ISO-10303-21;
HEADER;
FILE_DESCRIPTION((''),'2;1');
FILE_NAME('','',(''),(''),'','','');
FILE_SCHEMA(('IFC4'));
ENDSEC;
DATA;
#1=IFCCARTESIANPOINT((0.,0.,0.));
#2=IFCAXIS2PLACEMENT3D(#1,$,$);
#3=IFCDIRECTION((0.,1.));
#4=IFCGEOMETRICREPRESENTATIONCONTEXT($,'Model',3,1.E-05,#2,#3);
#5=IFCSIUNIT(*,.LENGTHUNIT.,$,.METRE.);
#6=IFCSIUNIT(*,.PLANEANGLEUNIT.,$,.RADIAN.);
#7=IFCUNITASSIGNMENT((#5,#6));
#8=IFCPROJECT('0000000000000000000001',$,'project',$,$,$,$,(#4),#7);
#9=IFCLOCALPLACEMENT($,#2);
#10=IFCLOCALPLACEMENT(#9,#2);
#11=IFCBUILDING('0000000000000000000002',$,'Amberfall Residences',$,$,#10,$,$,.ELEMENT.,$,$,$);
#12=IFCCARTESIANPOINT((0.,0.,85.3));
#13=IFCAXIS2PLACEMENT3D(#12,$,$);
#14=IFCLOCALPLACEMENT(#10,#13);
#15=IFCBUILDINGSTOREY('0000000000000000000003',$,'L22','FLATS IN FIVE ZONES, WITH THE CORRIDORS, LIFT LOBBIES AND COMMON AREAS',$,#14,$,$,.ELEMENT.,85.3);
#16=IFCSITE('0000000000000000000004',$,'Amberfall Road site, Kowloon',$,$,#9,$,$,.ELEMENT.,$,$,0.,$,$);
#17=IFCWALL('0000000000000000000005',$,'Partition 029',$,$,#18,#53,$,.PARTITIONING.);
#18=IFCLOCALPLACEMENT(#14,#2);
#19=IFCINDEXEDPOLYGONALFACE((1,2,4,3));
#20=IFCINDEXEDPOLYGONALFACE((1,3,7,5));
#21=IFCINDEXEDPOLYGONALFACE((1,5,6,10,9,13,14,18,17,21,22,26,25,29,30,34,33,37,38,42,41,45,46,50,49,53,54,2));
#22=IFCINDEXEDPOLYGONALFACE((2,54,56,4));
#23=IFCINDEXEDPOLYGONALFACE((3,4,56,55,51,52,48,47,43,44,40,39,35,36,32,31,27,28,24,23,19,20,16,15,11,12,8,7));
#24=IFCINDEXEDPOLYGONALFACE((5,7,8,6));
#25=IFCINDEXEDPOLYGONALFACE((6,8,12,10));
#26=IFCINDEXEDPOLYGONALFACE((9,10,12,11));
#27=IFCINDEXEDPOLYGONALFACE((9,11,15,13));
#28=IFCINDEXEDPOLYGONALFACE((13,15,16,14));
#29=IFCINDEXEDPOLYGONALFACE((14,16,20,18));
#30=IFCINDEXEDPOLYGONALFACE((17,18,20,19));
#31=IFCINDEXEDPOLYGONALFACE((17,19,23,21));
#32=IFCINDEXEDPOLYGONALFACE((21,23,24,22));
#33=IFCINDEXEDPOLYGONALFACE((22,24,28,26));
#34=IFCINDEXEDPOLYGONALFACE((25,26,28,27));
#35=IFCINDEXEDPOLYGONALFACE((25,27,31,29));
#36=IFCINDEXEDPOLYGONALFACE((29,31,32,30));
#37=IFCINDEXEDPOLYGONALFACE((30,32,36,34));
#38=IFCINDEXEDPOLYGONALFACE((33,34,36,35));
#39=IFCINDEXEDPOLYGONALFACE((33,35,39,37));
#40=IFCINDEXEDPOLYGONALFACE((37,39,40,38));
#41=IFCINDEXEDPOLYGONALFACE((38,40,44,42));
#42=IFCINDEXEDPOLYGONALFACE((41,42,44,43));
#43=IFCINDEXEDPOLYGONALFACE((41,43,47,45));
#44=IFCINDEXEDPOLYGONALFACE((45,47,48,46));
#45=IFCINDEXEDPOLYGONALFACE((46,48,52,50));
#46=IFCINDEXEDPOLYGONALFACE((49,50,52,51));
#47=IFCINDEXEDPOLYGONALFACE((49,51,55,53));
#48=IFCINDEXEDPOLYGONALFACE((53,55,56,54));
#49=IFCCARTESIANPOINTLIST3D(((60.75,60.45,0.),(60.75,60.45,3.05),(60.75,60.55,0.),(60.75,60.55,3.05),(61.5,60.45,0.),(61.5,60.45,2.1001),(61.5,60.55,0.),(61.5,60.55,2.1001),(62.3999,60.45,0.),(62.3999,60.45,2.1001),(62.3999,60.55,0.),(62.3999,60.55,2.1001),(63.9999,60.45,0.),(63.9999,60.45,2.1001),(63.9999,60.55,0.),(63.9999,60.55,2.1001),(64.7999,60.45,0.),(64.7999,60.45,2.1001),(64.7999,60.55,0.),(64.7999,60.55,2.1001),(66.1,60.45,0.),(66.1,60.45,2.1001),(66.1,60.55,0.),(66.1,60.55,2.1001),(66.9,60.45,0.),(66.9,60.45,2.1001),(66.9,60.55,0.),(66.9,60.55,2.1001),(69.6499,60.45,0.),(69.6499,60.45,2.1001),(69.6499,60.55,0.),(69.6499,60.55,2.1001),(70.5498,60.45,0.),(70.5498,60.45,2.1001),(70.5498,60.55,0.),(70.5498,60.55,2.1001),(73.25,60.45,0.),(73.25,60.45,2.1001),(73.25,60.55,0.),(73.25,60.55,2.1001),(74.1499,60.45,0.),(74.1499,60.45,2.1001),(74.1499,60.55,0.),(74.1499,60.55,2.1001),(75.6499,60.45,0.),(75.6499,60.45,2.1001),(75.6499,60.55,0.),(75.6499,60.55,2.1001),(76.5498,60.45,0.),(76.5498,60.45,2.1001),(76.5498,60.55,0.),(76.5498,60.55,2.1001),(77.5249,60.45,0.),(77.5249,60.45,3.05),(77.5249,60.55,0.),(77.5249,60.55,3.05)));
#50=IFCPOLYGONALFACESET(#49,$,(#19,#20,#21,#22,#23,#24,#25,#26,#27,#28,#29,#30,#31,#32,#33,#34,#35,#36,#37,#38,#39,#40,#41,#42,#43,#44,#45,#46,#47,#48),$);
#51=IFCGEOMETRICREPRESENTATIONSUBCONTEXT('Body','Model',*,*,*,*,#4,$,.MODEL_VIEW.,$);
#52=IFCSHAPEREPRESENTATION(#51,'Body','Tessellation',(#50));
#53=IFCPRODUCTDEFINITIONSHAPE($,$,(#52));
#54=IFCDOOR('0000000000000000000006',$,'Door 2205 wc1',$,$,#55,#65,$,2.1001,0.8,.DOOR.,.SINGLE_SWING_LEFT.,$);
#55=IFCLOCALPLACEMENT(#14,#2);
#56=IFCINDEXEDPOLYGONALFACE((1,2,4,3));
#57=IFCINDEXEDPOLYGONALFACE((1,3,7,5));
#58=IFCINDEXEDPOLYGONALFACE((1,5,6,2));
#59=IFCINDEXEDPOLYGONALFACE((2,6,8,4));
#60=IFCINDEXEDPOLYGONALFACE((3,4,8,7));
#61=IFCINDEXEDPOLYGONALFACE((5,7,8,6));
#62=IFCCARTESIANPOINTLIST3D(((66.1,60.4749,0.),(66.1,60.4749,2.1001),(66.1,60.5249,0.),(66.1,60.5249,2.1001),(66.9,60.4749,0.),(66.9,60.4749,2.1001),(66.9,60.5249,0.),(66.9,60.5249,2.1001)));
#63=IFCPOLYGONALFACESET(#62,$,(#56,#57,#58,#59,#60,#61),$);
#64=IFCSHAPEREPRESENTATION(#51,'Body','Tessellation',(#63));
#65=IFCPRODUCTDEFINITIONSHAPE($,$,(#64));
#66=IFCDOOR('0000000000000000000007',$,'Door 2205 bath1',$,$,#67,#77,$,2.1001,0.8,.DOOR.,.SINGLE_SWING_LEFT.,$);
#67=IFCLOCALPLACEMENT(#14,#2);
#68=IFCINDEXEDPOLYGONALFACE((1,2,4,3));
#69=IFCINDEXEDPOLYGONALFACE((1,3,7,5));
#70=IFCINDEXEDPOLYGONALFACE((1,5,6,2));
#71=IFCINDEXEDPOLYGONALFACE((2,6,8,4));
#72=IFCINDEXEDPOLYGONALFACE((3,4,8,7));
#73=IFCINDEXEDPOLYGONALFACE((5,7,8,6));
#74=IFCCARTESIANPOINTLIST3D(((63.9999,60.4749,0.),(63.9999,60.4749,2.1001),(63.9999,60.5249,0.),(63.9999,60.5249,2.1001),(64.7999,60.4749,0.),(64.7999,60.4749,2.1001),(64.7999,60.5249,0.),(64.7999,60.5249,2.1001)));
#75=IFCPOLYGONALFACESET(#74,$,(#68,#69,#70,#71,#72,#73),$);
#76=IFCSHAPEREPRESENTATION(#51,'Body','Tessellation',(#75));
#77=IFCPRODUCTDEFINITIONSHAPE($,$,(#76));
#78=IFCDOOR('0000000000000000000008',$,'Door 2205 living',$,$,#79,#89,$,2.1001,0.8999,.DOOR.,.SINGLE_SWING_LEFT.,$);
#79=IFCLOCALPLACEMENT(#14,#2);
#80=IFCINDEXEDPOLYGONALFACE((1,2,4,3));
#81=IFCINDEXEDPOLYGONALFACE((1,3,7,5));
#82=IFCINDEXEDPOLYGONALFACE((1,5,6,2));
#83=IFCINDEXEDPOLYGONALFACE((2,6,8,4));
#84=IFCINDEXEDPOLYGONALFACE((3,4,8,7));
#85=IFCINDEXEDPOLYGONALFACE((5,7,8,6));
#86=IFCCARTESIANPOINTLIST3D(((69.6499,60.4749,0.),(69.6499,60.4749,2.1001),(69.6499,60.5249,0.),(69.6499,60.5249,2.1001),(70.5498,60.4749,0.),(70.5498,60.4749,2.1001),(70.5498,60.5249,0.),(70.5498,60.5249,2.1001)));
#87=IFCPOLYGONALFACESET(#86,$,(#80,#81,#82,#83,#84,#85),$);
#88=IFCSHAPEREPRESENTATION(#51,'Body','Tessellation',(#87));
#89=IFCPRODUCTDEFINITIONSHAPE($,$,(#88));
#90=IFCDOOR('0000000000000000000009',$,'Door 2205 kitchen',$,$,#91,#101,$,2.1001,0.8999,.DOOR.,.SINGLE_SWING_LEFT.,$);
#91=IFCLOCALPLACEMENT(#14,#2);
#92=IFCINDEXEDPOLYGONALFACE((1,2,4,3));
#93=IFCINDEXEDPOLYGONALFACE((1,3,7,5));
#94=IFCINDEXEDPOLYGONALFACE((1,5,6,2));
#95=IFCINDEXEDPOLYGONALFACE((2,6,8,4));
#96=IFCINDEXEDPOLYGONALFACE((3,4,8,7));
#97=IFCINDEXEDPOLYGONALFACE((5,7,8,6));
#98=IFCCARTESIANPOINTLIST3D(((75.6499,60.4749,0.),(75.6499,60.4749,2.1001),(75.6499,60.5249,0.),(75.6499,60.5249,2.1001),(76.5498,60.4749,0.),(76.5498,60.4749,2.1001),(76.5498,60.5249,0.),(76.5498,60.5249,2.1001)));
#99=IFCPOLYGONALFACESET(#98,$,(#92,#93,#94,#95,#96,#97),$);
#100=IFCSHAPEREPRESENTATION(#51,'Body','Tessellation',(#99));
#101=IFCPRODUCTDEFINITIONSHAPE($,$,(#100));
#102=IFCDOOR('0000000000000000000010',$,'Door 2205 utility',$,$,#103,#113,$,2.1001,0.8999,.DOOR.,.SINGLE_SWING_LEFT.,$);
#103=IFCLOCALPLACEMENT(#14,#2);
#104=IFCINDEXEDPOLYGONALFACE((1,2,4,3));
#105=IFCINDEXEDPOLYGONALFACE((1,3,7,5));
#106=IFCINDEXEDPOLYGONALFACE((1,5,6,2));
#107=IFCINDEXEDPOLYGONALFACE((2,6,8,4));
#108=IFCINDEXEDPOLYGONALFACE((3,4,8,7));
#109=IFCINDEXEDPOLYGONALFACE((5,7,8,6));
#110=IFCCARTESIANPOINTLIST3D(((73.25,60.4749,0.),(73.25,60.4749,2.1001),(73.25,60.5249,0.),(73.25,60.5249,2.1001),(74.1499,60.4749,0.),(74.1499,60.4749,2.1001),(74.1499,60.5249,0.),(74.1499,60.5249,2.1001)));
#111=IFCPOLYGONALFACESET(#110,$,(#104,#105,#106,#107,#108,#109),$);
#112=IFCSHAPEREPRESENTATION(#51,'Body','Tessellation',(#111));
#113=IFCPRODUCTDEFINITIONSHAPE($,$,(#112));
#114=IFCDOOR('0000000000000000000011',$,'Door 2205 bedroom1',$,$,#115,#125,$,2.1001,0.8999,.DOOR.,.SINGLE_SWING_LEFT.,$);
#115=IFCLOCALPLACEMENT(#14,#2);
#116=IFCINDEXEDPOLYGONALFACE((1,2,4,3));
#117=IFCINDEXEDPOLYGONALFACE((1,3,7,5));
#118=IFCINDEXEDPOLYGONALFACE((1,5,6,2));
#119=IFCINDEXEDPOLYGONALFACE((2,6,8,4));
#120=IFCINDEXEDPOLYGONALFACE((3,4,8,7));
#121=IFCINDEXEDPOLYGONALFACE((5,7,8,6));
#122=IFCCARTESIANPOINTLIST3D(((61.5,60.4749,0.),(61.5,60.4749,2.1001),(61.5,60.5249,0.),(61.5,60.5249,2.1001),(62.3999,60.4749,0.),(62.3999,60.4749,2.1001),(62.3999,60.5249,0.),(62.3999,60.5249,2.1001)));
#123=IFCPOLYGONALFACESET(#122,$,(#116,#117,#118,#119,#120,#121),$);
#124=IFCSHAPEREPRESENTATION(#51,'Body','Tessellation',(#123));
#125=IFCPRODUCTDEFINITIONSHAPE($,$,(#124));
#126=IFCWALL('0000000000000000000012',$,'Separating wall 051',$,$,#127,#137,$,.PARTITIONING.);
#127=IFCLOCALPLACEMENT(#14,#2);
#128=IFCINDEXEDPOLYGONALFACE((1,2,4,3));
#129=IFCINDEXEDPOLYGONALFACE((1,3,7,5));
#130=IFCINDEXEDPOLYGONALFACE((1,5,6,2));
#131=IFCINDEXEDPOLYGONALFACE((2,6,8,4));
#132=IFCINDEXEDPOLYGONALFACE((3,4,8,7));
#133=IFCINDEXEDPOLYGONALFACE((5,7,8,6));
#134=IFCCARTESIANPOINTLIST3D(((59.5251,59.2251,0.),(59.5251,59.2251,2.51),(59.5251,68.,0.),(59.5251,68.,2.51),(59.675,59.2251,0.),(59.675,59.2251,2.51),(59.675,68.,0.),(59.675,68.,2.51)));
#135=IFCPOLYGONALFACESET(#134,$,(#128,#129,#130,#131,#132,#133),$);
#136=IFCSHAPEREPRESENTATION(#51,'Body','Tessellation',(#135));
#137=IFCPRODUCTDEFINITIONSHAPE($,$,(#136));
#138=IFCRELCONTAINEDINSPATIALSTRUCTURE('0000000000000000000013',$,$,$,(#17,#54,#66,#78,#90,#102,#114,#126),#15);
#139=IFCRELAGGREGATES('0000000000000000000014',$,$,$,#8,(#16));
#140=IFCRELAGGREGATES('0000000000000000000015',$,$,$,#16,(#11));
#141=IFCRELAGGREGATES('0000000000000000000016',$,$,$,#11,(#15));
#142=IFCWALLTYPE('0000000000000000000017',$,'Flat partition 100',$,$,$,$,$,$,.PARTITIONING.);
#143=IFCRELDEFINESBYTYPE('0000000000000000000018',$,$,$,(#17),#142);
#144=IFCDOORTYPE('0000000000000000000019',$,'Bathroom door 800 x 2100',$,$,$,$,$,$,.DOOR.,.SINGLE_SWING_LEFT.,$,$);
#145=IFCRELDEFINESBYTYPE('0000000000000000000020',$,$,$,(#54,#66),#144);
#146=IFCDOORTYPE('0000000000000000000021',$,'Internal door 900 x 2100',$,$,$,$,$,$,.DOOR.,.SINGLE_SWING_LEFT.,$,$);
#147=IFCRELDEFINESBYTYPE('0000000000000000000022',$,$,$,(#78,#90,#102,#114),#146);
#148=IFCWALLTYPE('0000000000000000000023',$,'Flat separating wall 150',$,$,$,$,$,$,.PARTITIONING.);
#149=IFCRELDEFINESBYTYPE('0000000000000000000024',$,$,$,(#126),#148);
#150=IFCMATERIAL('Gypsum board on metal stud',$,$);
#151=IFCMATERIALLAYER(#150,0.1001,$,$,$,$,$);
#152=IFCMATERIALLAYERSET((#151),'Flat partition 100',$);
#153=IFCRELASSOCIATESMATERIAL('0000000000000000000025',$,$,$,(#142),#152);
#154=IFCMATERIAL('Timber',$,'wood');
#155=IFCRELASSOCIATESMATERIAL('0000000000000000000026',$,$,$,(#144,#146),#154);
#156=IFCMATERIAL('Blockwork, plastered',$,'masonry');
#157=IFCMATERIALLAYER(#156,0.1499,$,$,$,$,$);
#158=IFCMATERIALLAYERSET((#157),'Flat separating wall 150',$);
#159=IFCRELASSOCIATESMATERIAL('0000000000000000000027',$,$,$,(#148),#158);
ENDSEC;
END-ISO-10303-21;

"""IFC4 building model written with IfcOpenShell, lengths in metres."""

from ifc_helpers import new_model, si_unit, direction, frame, frame_2d, origin, place, context, subcontext, project, spatial, rectangle, extrude, material, layer, layer_set, type_object, element, fill, save


model = new_model("IFC4")

# Units and contexts
model_context = context("Model", 3, precision=1e-05, world=origin(), true_north=direction((0.0, 1.0)))
body_context = subcontext(model_context, "Body", "Model", "MODEL_VIEW")
ifc_project = project(units=[si_unit("LENGTHUNIT", "METRE"), si_unit("PLANEANGLEUNIT", "RADIAN")], contexts=[model_context])

# Site, building, storey
site_placement = place(None, origin())
site = spatial("IfcSite", under=ifc_project, at=site_placement, Name="Amberfall Road site, Kowloon", CompositionType="ELEMENT", RefElevation=0.0)
building_placement = place(site_placement, origin())
building = spatial("IfcBuilding", under=site, at=building_placement, Name="Amberfall Residences", CompositionType="ELEMENT")
storey_placement = place(building_placement, frame((0.0, 0.0, 85.3)))
storey = spatial("IfcBuildingStorey", under=building, at=storey_placement, Name="L22", Description="FLATS IN FIVE ZONES, WITH THE CORRIDORS, LIFT LOBBIES AND COMMON AREAS", CompositionType="ELEMENT", Elevation=85.3)

# Shared definitions
ifc_material_1 = material(Name="Gypsum board on metal stud")
ifc_layer_1 = layer(ifc_material_1, 0.1001)
ifc_layer_set_1 = layer_set([ifc_layer_1], Name="Flat partition 100")
wall_type_1 = type_object("IfcWallType", Name="Flat partition 100", PredefinedType="PARTITIONING", material=ifc_layer_set_1)

# Wall, openings, doors
wall_1_placement = place(storey_placement, frame((60.75, 60.5, 0.0), z_axis=(0.0, 0.0, 1.0), x_axis=(1.0, 0.0, 0.0)))
wall_1 = element("IfcWall", 1, at=wall_1_placement, inside=storey, type_object=wall_type_1, Name="Partition 029", PredefinedType="PARTITIONING", context=body_context, shape_type="SweptSolid", body=[
    extrude(rectangle(XDim=16.7749, YDim=0.1001, at=frame_2d((8.3875, 0.0))), origin(), (0.0, 0.0, 1.0), 3.05),
])
opening_1_placement = place(wall_1_placement, frame((8.8999, 0.0, 0.0)))
opening_1 = element("IfcOpeningElement", 2, at=opening_1_placement, cuts=wall_1, PredefinedType="OPENING", context=body_context, shape_type="SweptSolid", body=[
    extrude(rectangle(XDim=0.8999, YDim=2.1001, at=frame_2d((0.45, 1.05))), frame((0.0, 0.0601, 0.0), z_axis=(0.0, -1.0, 0.0), x_axis=(1.0, 0.0, 0.0)), (0.0, 0.0, 1.0), 0.1201),
])
opening_2_placement = place(wall_1_placement, frame((14.8999, 0.0, 0.0)))
opening_2 = element("IfcOpeningElement", 3, at=opening_2_placement, cuts=wall_1, PredefinedType="OPENING", context=body_context, shape_type="SweptSolid", body=[
    extrude(rectangle(XDim=0.8999, YDim=2.1001, at=frame_2d((0.45, 1.05))), frame((0.0, 0.0601, 0.0), z_axis=(0.0, -1.0, 0.0), x_axis=(1.0, 0.0, 0.0)), (0.0, 0.0, 1.0), 0.1201),
])
opening_3_placement = place(wall_1_placement, frame((12.5, 0.0, 0.0)))
opening_3 = element("IfcOpeningElement", 4, at=opening_3_placement, cuts=wall_1, PredefinedType="OPENING", context=body_context, shape_type="SweptSolid", body=[
    extrude(rectangle(XDim=0.8999, YDim=2.1001, at=frame_2d((0.45, 1.05))), frame((0.0, 0.0601, 0.0), z_axis=(0.0, -1.0, 0.0), x_axis=(1.0, 0.0, 0.0)), (0.0, 0.0, 1.0), 0.1201),
])
opening_4_placement = place(wall_1_placement, frame((5.3501, 0.0, 0.0)))
opening_4 = element("IfcOpeningElement", 5, at=opening_4_placement, cuts=wall_1, PredefinedType="OPENING", context=body_context, shape_type="SweptSolid", body=[
    extrude(rectangle(XDim=0.8, YDim=2.1001, at=frame_2d((0.3999, 1.05))), frame((0.0, 0.0601, 0.0), z_axis=(0.0, -1.0, 0.0), x_axis=(1.0, 0.0, 0.0)), (0.0, 0.0, 1.0), 0.1201),
])
opening_5_placement = place(wall_1_placement, frame((0.75, 0.0, 0.0)))
opening_5 = element("IfcOpeningElement", 6, at=opening_5_placement, cuts=wall_1, PredefinedType="OPENING", context=body_context, shape_type="SweptSolid", body=[
    extrude(rectangle(XDim=0.8999, YDim=2.1001, at=frame_2d((0.45, 1.05))), frame((0.0, 0.0601, 0.0), z_axis=(0.0, -1.0, 0.0), x_axis=(1.0, 0.0, 0.0)), (0.0, 0.0, 1.0), 0.1201),
])
opening_6_placement = place(wall_1_placement, frame((3.25, 0.0, 0.0)))
opening_6 = element("IfcOpeningElement", 7, at=opening_6_placement, cuts=wall_1, PredefinedType="OPENING", context=body_context, shape_type="SweptSolid", body=[
    extrude(rectangle(XDim=0.8, YDim=2.1001, at=frame_2d((0.3999, 1.05))), frame((0.0, 0.0601, 0.0), z_axis=(0.0, -1.0, 0.0), x_axis=(1.0, 0.0, 0.0)), (0.0, 0.0, 1.0), 0.1201),
])
ifc_material_2 = material(Name="Timber", Category="wood")
door_type_1 = type_object("IfcDoorType", Name="Bathroom door 800 x 2100", OperationType="SINGLE_SWING_LEFT", PredefinedType="DOOR", material=ifc_material_2)
door_1_placement = place(opening_4_placement, origin())
door_1 = element("IfcDoor", 8, at=door_1_placement, inside=storey, type_object=door_type_1, Name="Door 2205 wc1", OperationType="SINGLE_SWING_LEFT", OverallHeight=2.1001, OverallWidth=0.8, PredefinedType="DOOR", context=body_context, shape_type="SweptSolid", body=[
    extrude(rectangle(XDim=0.8, YDim=2.1001, at=frame_2d((0.3999, 1.05))), frame((0.0, 0.0249, 0.0), z_axis=(0.0, -1.0, 0.0), x_axis=(1.0, 0.0, 0.0)), (0.0, 0.0, 1.0), 0.05),
])
fill(opening_4, door_1)
door_2_placement = place(opening_6_placement, origin())
door_2 = element("IfcDoor", 9, at=door_2_placement, inside=storey, type_object=door_type_1, Name="Door 2205 bath1", OperationType="SINGLE_SWING_LEFT", OverallHeight=2.1001, OverallWidth=0.8, PredefinedType="DOOR", context=body_context, shape_type="SweptSolid", body=[
    extrude(rectangle(XDim=0.8, YDim=2.1001, at=frame_2d((0.3999, 1.05))), frame((0.0, 0.0249, 0.0), z_axis=(0.0, -1.0, 0.0), x_axis=(1.0, 0.0, 0.0)), (0.0, 0.0, 1.0), 0.05),
])
fill(opening_6, door_2)
door_type_2 = type_object("IfcDoorType", Name="Internal door 900 x 2100", OperationType="SINGLE_SWING_LEFT", PredefinedType="DOOR", material=ifc_material_2)
door_3_placement = place(opening_1_placement, origin())
door_3 = element("IfcDoor", 10, at=door_3_placement, inside=storey, type_object=door_type_2, Name="Door 2205 living", OperationType="SINGLE_SWING_LEFT", OverallHeight=2.1001, OverallWidth=0.8999, PredefinedType="DOOR", context=body_context, shape_type="SweptSolid", body=[
    extrude(rectangle(XDim=0.8999, YDim=2.1001, at=frame_2d((0.45, 1.05))), frame((0.0, 0.0249, 0.0), z_axis=(0.0, -1.0, 0.0), x_axis=(1.0, 0.0, 0.0)), (0.0, 0.0, 1.0), 0.05),
])
fill(opening_1, door_3)
door_4_placement = place(opening_2_placement, origin())
door_4 = element("IfcDoor", 11, at=door_4_placement, inside=storey, type_object=door_type_2, Name="Door 2205 kitchen", OperationType="SINGLE_SWING_LEFT", OverallHeight=2.1001, OverallWidth=0.8999, PredefinedType="DOOR", context=body_context, shape_type="SweptSolid", body=[
    extrude(rectangle(XDim=0.8999, YDim=2.1001, at=frame_2d((0.45, 1.05))), frame((0.0, 0.0249, 0.0), z_axis=(0.0, -1.0, 0.0), x_axis=(1.0, 0.0, 0.0)), (0.0, 0.0, 1.0), 0.05),
])
fill(opening_2, door_4)
door_5_placement = place(opening_3_placement, origin())
door_5 = element("IfcDoor", 12, at=door_5_placement, inside=storey, type_object=door_type_2, Name="Door 2205 utility", OperationType="SINGLE_SWING_LEFT", OverallHeight=2.1001, OverallWidth=0.8999, PredefinedType="DOOR", context=body_context, shape_type="SweptSolid", body=[
    extrude(rectangle(XDim=0.8999, YDim=2.1001, at=frame_2d((0.45, 1.05))), frame((0.0, 0.0249, 0.0), z_axis=(0.0, -1.0, 0.0), x_axis=(1.0, 0.0, 0.0)), (0.0, 0.0, 1.0), 0.05),
])
fill(opening_3, door_5)
door_6_placement = place(opening_5_placement, origin())
door_6 = element("IfcDoor", 13, at=door_6_placement, inside=storey, type_object=door_type_2, Name="Door 2205 bedroom1", OperationType="SINGLE_SWING_LEFT", OverallHeight=2.1001, OverallWidth=0.8999, PredefinedType="DOOR", context=body_context, shape_type="SweptSolid", body=[
    extrude(rectangle(XDim=0.8999, YDim=2.1001, at=frame_2d((0.45, 1.05))), frame((0.0, 0.0249, 0.0), z_axis=(0.0, -1.0, 0.0), x_axis=(1.0, 0.0, 0.0)), (0.0, 0.0, 1.0), 0.05),
])
fill(opening_5, door_6)

# Wall
ifc_material_3 = material(Name="Blockwork, plastered", Category="masonry")
ifc_layer_2 = layer(ifc_material_3, 0.1499)
ifc_layer_set_2 = layer_set([ifc_layer_2], Name="Flat separating wall 150")
wall_type_2 = type_object("IfcWallType", Name="Flat separating wall 150", PredefinedType="PARTITIONING", material=ifc_layer_set_2)
wall_2_placement = place(storey_placement, frame((59.6001, 59.2251, 0.0), z_axis=(0.0, 0.0, 1.0), x_axis=(0.0, 1.0, 0.0)))
element("IfcWall", 14, at=wall_2_placement, inside=storey, type_object=wall_type_2, Name="Separating wall 051", PredefinedType="PARTITIONING", context=body_context, shape_type="SweptSolid", body=[
    extrude(rectangle(XDim=8.7749, YDim=0.1499, at=frame_2d((4.3875, 0.0))), origin(), (0.0, 0.0, 1.0), 2.51),
])

save(model, "model.ifc")
